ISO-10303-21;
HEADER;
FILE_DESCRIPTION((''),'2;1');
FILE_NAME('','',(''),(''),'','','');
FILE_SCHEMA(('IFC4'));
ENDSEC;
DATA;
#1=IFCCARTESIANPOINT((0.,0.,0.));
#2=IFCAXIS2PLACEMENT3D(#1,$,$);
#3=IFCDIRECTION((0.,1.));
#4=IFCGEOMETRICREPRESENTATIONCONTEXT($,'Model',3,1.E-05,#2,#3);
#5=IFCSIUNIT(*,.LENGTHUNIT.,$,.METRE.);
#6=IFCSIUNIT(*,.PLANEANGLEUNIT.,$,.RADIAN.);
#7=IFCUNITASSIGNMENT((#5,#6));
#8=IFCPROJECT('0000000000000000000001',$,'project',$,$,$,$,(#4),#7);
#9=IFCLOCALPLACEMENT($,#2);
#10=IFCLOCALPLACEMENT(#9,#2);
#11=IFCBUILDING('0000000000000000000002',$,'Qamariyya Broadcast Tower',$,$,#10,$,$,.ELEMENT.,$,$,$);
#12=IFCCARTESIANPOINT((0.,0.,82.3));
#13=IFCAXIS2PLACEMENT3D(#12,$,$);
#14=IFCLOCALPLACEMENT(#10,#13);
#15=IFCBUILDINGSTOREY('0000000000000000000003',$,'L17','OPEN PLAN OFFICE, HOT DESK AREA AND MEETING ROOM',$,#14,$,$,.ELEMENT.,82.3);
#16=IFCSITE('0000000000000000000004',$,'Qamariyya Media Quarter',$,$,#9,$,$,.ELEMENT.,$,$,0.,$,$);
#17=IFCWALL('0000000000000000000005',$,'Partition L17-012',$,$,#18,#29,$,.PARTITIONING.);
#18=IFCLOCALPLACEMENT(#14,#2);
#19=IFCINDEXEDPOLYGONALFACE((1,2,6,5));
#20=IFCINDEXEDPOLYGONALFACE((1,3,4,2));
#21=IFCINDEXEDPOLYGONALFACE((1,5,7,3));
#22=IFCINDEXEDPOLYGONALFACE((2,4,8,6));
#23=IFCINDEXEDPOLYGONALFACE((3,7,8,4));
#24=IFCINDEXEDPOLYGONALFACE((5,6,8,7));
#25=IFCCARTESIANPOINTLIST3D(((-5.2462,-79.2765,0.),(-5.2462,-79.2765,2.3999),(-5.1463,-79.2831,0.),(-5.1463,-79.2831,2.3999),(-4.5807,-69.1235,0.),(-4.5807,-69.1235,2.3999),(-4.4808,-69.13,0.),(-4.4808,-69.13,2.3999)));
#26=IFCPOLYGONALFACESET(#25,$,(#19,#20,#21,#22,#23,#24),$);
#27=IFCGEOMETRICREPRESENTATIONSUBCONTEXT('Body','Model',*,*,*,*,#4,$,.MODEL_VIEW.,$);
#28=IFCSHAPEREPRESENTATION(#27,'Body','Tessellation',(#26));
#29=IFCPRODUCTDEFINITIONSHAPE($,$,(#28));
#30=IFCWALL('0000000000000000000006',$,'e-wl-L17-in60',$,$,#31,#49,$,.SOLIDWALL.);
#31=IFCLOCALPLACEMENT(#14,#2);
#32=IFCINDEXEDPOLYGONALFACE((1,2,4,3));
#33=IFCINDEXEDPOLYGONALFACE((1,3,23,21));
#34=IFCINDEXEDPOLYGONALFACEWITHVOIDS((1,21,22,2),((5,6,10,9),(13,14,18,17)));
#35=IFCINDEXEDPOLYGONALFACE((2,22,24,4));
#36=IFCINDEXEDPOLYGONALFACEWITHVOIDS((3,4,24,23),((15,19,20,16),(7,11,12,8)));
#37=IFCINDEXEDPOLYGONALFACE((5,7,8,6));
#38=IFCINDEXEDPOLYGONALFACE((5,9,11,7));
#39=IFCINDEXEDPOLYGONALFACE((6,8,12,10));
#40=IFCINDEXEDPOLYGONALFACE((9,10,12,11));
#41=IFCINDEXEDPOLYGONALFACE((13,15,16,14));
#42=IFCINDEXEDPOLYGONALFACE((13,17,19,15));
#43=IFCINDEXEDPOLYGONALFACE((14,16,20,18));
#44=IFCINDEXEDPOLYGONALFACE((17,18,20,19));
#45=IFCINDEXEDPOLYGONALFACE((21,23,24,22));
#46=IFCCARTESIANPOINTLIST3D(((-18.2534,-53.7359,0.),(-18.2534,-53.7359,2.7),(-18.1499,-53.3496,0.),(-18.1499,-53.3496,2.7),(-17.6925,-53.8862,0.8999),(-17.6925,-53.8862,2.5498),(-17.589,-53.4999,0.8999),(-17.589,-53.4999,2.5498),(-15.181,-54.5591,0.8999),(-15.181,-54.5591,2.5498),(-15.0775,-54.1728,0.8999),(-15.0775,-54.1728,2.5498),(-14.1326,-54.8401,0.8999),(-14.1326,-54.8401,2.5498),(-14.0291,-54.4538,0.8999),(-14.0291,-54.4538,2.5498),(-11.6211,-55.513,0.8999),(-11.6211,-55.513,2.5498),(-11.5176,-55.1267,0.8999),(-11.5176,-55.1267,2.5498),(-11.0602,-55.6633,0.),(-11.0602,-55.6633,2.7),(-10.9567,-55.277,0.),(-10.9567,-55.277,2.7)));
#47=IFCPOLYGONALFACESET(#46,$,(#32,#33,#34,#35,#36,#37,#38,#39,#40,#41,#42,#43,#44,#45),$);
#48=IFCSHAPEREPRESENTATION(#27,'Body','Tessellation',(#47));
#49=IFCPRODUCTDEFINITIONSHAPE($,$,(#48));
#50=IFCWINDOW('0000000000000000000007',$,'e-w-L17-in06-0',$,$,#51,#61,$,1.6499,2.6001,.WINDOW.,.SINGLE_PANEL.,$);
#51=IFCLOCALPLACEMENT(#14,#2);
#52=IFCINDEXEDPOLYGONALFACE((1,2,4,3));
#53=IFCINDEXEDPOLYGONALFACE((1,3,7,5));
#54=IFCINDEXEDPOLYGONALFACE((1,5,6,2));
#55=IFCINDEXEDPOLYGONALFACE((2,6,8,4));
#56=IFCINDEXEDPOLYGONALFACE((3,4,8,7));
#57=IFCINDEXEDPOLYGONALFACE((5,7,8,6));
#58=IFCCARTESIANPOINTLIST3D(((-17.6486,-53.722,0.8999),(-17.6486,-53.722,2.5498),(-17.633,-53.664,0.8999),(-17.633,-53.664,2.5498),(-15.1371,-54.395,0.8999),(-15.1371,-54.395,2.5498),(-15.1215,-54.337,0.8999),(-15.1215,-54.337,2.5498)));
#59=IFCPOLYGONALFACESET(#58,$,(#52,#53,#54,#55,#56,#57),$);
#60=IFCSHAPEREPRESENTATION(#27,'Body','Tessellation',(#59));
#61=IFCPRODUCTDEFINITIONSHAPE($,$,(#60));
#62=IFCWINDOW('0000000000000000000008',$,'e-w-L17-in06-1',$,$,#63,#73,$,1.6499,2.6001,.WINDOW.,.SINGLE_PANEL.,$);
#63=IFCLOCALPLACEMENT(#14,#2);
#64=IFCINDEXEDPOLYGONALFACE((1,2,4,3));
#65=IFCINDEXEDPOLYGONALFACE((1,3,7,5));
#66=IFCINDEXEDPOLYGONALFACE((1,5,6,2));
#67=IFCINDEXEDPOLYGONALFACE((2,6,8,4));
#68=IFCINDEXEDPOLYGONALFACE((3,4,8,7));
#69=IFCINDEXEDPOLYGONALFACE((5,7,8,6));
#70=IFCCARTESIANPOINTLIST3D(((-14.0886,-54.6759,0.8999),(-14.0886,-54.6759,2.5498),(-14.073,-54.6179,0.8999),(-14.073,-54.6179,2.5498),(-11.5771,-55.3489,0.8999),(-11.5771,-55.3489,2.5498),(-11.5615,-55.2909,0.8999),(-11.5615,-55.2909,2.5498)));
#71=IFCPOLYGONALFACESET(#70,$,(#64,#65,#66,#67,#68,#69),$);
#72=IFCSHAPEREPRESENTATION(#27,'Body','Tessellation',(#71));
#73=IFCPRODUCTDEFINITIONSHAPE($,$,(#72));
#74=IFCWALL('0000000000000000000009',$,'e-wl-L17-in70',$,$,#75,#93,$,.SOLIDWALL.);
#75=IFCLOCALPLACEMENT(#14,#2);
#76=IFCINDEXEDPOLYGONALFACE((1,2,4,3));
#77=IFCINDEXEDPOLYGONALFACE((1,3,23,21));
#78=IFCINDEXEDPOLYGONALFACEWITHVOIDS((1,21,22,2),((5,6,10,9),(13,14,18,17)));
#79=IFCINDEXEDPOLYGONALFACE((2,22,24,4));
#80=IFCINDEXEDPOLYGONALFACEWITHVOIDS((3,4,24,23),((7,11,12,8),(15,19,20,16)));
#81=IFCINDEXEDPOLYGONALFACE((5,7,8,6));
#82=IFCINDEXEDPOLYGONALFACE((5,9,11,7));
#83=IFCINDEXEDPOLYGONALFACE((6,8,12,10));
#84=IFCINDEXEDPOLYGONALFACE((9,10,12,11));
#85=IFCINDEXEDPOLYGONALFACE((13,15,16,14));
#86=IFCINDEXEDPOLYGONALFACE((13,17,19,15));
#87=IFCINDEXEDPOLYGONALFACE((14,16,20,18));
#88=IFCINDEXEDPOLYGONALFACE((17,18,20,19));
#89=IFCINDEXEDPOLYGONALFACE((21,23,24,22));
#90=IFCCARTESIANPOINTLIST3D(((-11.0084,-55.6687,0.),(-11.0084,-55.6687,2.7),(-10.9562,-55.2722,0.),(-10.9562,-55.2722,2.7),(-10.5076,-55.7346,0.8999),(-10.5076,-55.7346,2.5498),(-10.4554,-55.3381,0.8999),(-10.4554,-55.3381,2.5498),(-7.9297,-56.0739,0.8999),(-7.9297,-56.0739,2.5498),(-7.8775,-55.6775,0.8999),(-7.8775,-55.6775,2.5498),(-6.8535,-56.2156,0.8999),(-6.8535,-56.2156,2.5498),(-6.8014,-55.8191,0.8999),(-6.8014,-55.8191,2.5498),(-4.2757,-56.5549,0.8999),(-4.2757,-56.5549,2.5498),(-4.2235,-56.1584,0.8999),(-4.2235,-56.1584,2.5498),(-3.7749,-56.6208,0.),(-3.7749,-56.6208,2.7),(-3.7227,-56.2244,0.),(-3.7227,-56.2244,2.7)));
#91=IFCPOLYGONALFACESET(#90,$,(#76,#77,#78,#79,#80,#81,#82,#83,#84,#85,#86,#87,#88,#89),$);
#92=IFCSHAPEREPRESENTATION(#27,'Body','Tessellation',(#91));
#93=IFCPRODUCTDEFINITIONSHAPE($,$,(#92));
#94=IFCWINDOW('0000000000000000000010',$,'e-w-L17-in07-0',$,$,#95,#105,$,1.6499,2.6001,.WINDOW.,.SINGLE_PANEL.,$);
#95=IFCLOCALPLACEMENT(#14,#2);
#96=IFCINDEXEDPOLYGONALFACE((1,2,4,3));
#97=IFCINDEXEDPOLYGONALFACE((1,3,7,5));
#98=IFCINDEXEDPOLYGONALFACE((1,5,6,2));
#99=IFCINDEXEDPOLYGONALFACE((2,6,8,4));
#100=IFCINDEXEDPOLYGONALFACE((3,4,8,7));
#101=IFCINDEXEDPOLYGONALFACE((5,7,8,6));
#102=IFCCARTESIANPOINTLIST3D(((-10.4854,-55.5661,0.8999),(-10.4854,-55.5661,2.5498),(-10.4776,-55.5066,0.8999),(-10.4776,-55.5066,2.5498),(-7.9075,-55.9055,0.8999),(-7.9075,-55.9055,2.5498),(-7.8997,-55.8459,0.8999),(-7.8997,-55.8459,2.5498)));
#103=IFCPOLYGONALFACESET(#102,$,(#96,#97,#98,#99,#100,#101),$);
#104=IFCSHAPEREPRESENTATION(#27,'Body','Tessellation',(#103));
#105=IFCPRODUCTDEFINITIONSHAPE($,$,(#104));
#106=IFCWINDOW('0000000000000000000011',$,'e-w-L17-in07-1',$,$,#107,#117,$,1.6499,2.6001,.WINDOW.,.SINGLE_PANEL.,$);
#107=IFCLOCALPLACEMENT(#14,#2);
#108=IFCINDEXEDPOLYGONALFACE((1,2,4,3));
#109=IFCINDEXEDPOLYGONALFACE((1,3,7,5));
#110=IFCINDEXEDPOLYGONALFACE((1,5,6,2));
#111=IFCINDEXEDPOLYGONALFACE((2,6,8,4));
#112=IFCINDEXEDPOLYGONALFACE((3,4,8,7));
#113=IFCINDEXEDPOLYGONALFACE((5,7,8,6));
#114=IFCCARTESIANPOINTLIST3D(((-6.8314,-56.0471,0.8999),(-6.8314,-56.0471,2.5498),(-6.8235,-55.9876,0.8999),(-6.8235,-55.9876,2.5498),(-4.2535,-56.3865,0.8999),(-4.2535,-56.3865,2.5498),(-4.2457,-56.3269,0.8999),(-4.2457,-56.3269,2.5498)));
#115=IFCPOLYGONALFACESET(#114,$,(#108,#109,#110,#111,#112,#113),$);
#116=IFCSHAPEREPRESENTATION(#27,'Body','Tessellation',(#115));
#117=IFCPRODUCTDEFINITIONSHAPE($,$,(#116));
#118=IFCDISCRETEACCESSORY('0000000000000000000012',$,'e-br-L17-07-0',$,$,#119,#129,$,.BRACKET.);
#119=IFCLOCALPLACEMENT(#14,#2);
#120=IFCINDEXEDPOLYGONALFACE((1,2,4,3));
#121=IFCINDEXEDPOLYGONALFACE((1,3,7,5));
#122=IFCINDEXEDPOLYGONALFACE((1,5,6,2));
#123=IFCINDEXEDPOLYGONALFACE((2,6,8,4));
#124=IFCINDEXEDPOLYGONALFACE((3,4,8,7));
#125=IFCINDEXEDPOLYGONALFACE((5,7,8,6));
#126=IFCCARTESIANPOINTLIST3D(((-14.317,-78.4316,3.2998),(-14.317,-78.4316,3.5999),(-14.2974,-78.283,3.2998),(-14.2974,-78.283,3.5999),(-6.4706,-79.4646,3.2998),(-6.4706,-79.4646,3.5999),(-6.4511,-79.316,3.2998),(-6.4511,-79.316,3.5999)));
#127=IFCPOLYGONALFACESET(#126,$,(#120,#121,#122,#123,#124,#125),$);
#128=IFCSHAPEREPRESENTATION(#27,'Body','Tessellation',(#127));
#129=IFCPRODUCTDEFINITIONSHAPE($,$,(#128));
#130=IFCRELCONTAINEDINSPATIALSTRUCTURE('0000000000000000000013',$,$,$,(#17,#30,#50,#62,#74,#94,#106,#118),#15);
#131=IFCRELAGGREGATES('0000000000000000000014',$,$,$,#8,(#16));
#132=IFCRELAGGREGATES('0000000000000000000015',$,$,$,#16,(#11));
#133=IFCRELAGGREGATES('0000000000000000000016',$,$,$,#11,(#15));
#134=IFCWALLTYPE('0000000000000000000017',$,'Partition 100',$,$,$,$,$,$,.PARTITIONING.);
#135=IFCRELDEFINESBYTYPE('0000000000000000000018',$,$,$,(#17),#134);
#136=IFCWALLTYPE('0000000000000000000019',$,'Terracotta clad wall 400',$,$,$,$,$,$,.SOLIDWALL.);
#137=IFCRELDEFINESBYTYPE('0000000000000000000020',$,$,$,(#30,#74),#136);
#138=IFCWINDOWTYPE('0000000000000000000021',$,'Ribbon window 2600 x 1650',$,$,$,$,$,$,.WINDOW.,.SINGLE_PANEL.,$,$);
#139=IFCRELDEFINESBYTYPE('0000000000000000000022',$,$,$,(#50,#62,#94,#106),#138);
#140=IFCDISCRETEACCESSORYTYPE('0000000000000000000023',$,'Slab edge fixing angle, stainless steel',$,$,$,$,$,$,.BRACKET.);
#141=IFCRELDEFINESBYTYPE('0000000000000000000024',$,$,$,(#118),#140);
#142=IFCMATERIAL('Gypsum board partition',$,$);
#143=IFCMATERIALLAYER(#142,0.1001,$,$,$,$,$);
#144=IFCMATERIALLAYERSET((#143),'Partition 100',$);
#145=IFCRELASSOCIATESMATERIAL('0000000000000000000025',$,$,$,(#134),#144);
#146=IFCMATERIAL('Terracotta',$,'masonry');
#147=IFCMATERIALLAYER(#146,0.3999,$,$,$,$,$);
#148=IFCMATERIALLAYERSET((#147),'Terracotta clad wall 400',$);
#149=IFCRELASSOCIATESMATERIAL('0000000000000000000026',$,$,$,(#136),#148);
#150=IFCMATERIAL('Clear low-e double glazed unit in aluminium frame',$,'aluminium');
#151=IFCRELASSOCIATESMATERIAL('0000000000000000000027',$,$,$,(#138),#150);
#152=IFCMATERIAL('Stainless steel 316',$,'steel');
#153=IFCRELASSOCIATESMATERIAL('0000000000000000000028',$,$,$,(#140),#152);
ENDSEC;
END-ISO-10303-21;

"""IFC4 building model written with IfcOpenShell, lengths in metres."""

from ifc_helpers import new_model, si_unit, direction, frame, frame_2d, origin, origin_2d, place, context, subcontext, project, spatial, rectangle, extrude, material, layer, layer_set, type_object, element, fill, save


model = new_model("IFC4")

# Units and contexts
model_context = context("Model", 3, precision=1e-05, world=origin(), true_north=direction((0.0, 1.0)))
body_context = subcontext(model_context, "Body", "Model", "MODEL_VIEW")
ifc_project = project(units=[si_unit("LENGTHUNIT", "METRE"), si_unit("PLANEANGLEUNIT", "RADIAN")], contexts=[model_context])

# Site, building, storey
site_placement = place(None, origin())
site = spatial("IfcSite", under=ifc_project, at=site_placement, Name="Qamariyya Media Quarter", CompositionType="ELEMENT", RefElevation=0.0)
building_placement = place(site_placement, origin())
building = spatial("IfcBuilding", under=site, at=building_placement, Name="Qamariyya Broadcast Tower", CompositionType="ELEMENT")
storey_placement = place(building_placement, frame((0.0, 0.0, 82.3)))
storey = spatial("IfcBuildingStorey", under=building, at=storey_placement, Name="L17", Description="OPEN PLAN OFFICE, HOT DESK AREA AND MEETING ROOM", CompositionType="ELEMENT", Elevation=82.3)

# Shared definitions
ifc_material_1 = material(Name="Gypsum board partition")

# Wall
ifc_layer_1 = layer(ifc_material_1, 0.1001)
ifc_layer_set_1 = layer_set([ifc_layer_1], Name="Partition 100")
wall_type_1 = type_object("IfcWallType", Name="Partition 100", PredefinedType="PARTITIONING", material=ifc_layer_set_1)
wall_1_placement = place(storey_placement, frame((-5.1963, -79.2798, 0.0), z_axis=(0.0, 0.0, 1.0), x_axis=(0.065409, 0.997859, 0.0)))
element("IfcWall", 1, at=wall_1_placement, inside=storey, type_object=wall_type_1, Name="Partition L17-012", PredefinedType="PARTITIONING", context=body_context, shape_type="SweptSolid", body=[
    extrude(rectangle(XDim=10.1748, YDim=0.1001, at=frame_2d((5.0874, 0.0))), origin(), (0.0, 0.0, 1.0), 2.3999),
])

# Walls, openings, windows
ifc_material_2 = material(Name="Terracotta", Category="masonry")
ifc_layer_2 = layer(ifc_material_2, 0.3999)
ifc_layer_set_2 = layer_set([ifc_layer_2], Name="Terracotta clad wall 400")
wall_type_2 = type_object("IfcWallType", Name="Terracotta clad wall 400", PredefinedType="SOLIDWALL", material=ifc_layer_set_2)
wall_2_placement = place(storey_placement, frame((-11.0083, -55.4702, 0.0), z_axis=(0.0, 0.0, 1.0), x_axis=(-0.965925, 0.258823, 0.0)))
wall_2 = element("IfcWall", 2, at=wall_2_placement, inside=storey, type_object=wall_type_2, Name="e-wl-L17-in60", PredefinedType="SOLIDWALL", context=body_context, shape_type="SweptSolid", body=[
    extrude(rectangle(XDim=7.447, YDim=0.3999, at=frame_2d((3.7236, 0.0))), origin(), (0.0, 0.0, 1.0), 2.7),
])
opening_1_placement = place(wall_2_placement, frame((4.2664, 0.0, 0.8999)))
opening_1 = element("IfcOpeningElement", 3, at=opening_1_placement, cuts=wall_2, PredefinedType="OPENING", context=body_context, shape_type="SweptSolid", body=[
    extrude(rectangle(XDim=2.6001, YDim=1.6499, at=frame_2d((1.3, 0.825))), frame((0.0, 0.21, 0.0), z_axis=(0.0, -1.0, 0.0), x_axis=(1.0, 0.0, 0.0)), (0.0, 0.0, 1.0), 0.4199),
])
opening_2_placement = place(wall_2_placement, frame((0.5808, 0.0, 0.8999)))
opening_2 = element("IfcOpeningElement", 4, at=opening_2_placement, cuts=wall_2, PredefinedType="OPENING", context=body_context, shape_type="SweptSolid", body=[
    extrude(rectangle(XDim=2.6001, YDim=1.6499, at=frame_2d((1.3, 0.825))), frame((0.0, 0.21, 0.0), z_axis=(0.0, -1.0, 0.0), x_axis=(1.0, 0.0, 0.0)), (0.0, 0.0, 1.0), 0.4199),
])
ifc_material_3 = material(Name="Clear low-e double glazed unit in aluminium frame", Category="aluminium")
window_type = type_object("IfcWindowType", Name="Ribbon window 2600 x 1650", PartitioningType="SINGLE_PANEL", PredefinedType="WINDOW", material=ifc_material_3)
window_1_placement = place(opening_1_placement, origin())
window_1 = element("IfcWindow", 5, at=window_1_placement, inside=storey, type_object=window_type, Name="e-w-L17-in06-0", OverallHeight=1.6499, OverallWidth=2.6001, PartitioningType="SINGLE_PANEL", PredefinedType="WINDOW", context=body_context, shape_type="SweptSolid", body=[
    extrude(rectangle(XDim=2.6001, YDim=1.6499, at=frame_2d((1.3, 0.825))), frame((0.0, 0.03, 0.0), z_axis=(0.0, -1.0, 0.0), x_axis=(1.0, 0.0, 0.0)), (0.0, 0.0, 1.0), 0.0601),
])
fill(opening_1, window_1)
window_2_placement = place(opening_2_placement, origin())
window_2 = element("IfcWindow", 6, at=window_2_placement, inside=storey, type_object=window_type, Name="e-w-L17-in06-1", OverallHeight=1.6499, OverallWidth=2.6001, PartitioningType="SINGLE_PANEL", PredefinedType="WINDOW", context=body_context, shape_type="SweptSolid", body=[
    extrude(rectangle(XDim=2.6001, YDim=1.6499, at=frame_2d((1.3, 0.825))), frame((0.0, 0.03, 0.0), z_axis=(0.0, -1.0, 0.0), x_axis=(1.0, 0.0, 0.0)), (0.0, 0.0, 1.0), 0.0601),
])
fill(opening_2, window_2)
wall_3_placement = place(storey_placement, frame((-3.7488, -56.4226, 0.0), z_axis=(0.0, 0.0, 1.0), x_axis=(-0.991447, 0.130506, 0.0)))
wall_3 = element("IfcWall", 7, at=wall_3_placement, inside=storey, type_object=wall_type_2, Name="e-wl-L17-in70", PredefinedType="SOLIDWALL", context=body_context, shape_type="SweptSolid", body=[
    extrude(rectangle(XDim=7.2959, YDim=0.3999, at=frame_2d((3.6479, 0.0))), origin(), (0.0, 0.0, 1.0), 2.7),
])
opening_3_placement = place(wall_3_placement, frame((4.1907, 0.0, 0.8999)))
opening_3 = element("IfcOpeningElement", 8, at=opening_3_placement, cuts=wall_3, PredefinedType="OPENING", context=body_context, shape_type="SweptSolid", body=[
    extrude(rectangle(XDim=2.6001, YDim=1.6499, at=frame_2d((1.3, 0.825))), frame((0.0, 0.21, 0.0), z_axis=(0.0, -1.0, 0.0), x_axis=(1.0, 0.0, 0.0)), (0.0, 0.0, 1.0), 0.4199),
])
opening_4_placement = place(wall_3_placement, frame((0.5051, 0.0, 0.8999)))
opening_4 = element("IfcOpeningElement", 9, at=opening_4_placement, cuts=wall_3, PredefinedType="OPENING", context=body_context, shape_type="SweptSolid", body=[
    extrude(rectangle(XDim=2.6001, YDim=1.6499, at=frame_2d((1.3, 0.825))), frame((0.0, 0.21, 0.0), z_axis=(0.0, -1.0, 0.0), x_axis=(1.0, 0.0, 0.0)), (0.0, 0.0, 1.0), 0.4199),
])
window_3_placement = place(opening_3_placement, origin())
window_3 = element("IfcWindow", 10, at=window_3_placement, inside=storey, type_object=window_type, Name="e-w-L17-in07-0", OverallHeight=1.6499, OverallWidth=2.6001, PartitioningType="SINGLE_PANEL", PredefinedType="WINDOW", context=body_context, shape_type="SweptSolid", body=[
    extrude(rectangle(XDim=2.6001, YDim=1.6499, at=frame_2d((1.3, 0.825))), frame((0.0, 0.03, 0.0), z_axis=(0.0, -1.0, 0.0), x_axis=(1.0, 0.0, 0.0)), (0.0, 0.0, 1.0), 0.0601),
])
fill(opening_3, window_3)
window_4_placement = place(opening_4_placement, origin())
window_4 = element("IfcWindow", 11, at=window_4_placement, inside=storey, type_object=window_type, Name="e-w-L17-in07-1", OverallHeight=1.6499, OverallWidth=2.6001, PartitioningType="SINGLE_PANEL", PredefinedType="WINDOW", context=body_context, shape_type="SweptSolid", body=[
    extrude(rectangle(XDim=2.6001, YDim=1.6499, at=frame_2d((1.3, 0.825))), frame((0.0, 0.03, 0.0), z_axis=(0.0, -1.0, 0.0), x_axis=(1.0, 0.0, 0.0)), (0.0, 0.0, 1.0), 0.0601),
])
fill(opening_4, window_4)

# Discrete accessory
ifc_material_4 = material(Name="Stainless steel 316", Category="steel")
discrete_accessory_type = type_object("IfcDiscreteAccessoryType", Name="Slab edge fixing angle, stainless steel", PredefinedType="BRACKET", material=ifc_material_4)
discrete_accessory_placement = place(storey_placement, frame((-10.384, -78.8738, 3.2998), z_axis=(0.0, 0.0, 1.0), x_axis=(0.991445, -0.130526, 0.0)))
element("IfcDiscreteAccessory", 12, at=discrete_accessory_placement, inside=storey, type_object=discrete_accessory_type, Name="e-br-L17-07-0", PredefinedType="BRACKET", context=body_context, shape_type="SweptSolid", body=[
    extrude(rectangle(XDim=7.9141, YDim=0.1499, at=origin_2d()), origin(), (0.0, 0.0, 1.0), 0.3),
])

save(model, "model.ifc")
